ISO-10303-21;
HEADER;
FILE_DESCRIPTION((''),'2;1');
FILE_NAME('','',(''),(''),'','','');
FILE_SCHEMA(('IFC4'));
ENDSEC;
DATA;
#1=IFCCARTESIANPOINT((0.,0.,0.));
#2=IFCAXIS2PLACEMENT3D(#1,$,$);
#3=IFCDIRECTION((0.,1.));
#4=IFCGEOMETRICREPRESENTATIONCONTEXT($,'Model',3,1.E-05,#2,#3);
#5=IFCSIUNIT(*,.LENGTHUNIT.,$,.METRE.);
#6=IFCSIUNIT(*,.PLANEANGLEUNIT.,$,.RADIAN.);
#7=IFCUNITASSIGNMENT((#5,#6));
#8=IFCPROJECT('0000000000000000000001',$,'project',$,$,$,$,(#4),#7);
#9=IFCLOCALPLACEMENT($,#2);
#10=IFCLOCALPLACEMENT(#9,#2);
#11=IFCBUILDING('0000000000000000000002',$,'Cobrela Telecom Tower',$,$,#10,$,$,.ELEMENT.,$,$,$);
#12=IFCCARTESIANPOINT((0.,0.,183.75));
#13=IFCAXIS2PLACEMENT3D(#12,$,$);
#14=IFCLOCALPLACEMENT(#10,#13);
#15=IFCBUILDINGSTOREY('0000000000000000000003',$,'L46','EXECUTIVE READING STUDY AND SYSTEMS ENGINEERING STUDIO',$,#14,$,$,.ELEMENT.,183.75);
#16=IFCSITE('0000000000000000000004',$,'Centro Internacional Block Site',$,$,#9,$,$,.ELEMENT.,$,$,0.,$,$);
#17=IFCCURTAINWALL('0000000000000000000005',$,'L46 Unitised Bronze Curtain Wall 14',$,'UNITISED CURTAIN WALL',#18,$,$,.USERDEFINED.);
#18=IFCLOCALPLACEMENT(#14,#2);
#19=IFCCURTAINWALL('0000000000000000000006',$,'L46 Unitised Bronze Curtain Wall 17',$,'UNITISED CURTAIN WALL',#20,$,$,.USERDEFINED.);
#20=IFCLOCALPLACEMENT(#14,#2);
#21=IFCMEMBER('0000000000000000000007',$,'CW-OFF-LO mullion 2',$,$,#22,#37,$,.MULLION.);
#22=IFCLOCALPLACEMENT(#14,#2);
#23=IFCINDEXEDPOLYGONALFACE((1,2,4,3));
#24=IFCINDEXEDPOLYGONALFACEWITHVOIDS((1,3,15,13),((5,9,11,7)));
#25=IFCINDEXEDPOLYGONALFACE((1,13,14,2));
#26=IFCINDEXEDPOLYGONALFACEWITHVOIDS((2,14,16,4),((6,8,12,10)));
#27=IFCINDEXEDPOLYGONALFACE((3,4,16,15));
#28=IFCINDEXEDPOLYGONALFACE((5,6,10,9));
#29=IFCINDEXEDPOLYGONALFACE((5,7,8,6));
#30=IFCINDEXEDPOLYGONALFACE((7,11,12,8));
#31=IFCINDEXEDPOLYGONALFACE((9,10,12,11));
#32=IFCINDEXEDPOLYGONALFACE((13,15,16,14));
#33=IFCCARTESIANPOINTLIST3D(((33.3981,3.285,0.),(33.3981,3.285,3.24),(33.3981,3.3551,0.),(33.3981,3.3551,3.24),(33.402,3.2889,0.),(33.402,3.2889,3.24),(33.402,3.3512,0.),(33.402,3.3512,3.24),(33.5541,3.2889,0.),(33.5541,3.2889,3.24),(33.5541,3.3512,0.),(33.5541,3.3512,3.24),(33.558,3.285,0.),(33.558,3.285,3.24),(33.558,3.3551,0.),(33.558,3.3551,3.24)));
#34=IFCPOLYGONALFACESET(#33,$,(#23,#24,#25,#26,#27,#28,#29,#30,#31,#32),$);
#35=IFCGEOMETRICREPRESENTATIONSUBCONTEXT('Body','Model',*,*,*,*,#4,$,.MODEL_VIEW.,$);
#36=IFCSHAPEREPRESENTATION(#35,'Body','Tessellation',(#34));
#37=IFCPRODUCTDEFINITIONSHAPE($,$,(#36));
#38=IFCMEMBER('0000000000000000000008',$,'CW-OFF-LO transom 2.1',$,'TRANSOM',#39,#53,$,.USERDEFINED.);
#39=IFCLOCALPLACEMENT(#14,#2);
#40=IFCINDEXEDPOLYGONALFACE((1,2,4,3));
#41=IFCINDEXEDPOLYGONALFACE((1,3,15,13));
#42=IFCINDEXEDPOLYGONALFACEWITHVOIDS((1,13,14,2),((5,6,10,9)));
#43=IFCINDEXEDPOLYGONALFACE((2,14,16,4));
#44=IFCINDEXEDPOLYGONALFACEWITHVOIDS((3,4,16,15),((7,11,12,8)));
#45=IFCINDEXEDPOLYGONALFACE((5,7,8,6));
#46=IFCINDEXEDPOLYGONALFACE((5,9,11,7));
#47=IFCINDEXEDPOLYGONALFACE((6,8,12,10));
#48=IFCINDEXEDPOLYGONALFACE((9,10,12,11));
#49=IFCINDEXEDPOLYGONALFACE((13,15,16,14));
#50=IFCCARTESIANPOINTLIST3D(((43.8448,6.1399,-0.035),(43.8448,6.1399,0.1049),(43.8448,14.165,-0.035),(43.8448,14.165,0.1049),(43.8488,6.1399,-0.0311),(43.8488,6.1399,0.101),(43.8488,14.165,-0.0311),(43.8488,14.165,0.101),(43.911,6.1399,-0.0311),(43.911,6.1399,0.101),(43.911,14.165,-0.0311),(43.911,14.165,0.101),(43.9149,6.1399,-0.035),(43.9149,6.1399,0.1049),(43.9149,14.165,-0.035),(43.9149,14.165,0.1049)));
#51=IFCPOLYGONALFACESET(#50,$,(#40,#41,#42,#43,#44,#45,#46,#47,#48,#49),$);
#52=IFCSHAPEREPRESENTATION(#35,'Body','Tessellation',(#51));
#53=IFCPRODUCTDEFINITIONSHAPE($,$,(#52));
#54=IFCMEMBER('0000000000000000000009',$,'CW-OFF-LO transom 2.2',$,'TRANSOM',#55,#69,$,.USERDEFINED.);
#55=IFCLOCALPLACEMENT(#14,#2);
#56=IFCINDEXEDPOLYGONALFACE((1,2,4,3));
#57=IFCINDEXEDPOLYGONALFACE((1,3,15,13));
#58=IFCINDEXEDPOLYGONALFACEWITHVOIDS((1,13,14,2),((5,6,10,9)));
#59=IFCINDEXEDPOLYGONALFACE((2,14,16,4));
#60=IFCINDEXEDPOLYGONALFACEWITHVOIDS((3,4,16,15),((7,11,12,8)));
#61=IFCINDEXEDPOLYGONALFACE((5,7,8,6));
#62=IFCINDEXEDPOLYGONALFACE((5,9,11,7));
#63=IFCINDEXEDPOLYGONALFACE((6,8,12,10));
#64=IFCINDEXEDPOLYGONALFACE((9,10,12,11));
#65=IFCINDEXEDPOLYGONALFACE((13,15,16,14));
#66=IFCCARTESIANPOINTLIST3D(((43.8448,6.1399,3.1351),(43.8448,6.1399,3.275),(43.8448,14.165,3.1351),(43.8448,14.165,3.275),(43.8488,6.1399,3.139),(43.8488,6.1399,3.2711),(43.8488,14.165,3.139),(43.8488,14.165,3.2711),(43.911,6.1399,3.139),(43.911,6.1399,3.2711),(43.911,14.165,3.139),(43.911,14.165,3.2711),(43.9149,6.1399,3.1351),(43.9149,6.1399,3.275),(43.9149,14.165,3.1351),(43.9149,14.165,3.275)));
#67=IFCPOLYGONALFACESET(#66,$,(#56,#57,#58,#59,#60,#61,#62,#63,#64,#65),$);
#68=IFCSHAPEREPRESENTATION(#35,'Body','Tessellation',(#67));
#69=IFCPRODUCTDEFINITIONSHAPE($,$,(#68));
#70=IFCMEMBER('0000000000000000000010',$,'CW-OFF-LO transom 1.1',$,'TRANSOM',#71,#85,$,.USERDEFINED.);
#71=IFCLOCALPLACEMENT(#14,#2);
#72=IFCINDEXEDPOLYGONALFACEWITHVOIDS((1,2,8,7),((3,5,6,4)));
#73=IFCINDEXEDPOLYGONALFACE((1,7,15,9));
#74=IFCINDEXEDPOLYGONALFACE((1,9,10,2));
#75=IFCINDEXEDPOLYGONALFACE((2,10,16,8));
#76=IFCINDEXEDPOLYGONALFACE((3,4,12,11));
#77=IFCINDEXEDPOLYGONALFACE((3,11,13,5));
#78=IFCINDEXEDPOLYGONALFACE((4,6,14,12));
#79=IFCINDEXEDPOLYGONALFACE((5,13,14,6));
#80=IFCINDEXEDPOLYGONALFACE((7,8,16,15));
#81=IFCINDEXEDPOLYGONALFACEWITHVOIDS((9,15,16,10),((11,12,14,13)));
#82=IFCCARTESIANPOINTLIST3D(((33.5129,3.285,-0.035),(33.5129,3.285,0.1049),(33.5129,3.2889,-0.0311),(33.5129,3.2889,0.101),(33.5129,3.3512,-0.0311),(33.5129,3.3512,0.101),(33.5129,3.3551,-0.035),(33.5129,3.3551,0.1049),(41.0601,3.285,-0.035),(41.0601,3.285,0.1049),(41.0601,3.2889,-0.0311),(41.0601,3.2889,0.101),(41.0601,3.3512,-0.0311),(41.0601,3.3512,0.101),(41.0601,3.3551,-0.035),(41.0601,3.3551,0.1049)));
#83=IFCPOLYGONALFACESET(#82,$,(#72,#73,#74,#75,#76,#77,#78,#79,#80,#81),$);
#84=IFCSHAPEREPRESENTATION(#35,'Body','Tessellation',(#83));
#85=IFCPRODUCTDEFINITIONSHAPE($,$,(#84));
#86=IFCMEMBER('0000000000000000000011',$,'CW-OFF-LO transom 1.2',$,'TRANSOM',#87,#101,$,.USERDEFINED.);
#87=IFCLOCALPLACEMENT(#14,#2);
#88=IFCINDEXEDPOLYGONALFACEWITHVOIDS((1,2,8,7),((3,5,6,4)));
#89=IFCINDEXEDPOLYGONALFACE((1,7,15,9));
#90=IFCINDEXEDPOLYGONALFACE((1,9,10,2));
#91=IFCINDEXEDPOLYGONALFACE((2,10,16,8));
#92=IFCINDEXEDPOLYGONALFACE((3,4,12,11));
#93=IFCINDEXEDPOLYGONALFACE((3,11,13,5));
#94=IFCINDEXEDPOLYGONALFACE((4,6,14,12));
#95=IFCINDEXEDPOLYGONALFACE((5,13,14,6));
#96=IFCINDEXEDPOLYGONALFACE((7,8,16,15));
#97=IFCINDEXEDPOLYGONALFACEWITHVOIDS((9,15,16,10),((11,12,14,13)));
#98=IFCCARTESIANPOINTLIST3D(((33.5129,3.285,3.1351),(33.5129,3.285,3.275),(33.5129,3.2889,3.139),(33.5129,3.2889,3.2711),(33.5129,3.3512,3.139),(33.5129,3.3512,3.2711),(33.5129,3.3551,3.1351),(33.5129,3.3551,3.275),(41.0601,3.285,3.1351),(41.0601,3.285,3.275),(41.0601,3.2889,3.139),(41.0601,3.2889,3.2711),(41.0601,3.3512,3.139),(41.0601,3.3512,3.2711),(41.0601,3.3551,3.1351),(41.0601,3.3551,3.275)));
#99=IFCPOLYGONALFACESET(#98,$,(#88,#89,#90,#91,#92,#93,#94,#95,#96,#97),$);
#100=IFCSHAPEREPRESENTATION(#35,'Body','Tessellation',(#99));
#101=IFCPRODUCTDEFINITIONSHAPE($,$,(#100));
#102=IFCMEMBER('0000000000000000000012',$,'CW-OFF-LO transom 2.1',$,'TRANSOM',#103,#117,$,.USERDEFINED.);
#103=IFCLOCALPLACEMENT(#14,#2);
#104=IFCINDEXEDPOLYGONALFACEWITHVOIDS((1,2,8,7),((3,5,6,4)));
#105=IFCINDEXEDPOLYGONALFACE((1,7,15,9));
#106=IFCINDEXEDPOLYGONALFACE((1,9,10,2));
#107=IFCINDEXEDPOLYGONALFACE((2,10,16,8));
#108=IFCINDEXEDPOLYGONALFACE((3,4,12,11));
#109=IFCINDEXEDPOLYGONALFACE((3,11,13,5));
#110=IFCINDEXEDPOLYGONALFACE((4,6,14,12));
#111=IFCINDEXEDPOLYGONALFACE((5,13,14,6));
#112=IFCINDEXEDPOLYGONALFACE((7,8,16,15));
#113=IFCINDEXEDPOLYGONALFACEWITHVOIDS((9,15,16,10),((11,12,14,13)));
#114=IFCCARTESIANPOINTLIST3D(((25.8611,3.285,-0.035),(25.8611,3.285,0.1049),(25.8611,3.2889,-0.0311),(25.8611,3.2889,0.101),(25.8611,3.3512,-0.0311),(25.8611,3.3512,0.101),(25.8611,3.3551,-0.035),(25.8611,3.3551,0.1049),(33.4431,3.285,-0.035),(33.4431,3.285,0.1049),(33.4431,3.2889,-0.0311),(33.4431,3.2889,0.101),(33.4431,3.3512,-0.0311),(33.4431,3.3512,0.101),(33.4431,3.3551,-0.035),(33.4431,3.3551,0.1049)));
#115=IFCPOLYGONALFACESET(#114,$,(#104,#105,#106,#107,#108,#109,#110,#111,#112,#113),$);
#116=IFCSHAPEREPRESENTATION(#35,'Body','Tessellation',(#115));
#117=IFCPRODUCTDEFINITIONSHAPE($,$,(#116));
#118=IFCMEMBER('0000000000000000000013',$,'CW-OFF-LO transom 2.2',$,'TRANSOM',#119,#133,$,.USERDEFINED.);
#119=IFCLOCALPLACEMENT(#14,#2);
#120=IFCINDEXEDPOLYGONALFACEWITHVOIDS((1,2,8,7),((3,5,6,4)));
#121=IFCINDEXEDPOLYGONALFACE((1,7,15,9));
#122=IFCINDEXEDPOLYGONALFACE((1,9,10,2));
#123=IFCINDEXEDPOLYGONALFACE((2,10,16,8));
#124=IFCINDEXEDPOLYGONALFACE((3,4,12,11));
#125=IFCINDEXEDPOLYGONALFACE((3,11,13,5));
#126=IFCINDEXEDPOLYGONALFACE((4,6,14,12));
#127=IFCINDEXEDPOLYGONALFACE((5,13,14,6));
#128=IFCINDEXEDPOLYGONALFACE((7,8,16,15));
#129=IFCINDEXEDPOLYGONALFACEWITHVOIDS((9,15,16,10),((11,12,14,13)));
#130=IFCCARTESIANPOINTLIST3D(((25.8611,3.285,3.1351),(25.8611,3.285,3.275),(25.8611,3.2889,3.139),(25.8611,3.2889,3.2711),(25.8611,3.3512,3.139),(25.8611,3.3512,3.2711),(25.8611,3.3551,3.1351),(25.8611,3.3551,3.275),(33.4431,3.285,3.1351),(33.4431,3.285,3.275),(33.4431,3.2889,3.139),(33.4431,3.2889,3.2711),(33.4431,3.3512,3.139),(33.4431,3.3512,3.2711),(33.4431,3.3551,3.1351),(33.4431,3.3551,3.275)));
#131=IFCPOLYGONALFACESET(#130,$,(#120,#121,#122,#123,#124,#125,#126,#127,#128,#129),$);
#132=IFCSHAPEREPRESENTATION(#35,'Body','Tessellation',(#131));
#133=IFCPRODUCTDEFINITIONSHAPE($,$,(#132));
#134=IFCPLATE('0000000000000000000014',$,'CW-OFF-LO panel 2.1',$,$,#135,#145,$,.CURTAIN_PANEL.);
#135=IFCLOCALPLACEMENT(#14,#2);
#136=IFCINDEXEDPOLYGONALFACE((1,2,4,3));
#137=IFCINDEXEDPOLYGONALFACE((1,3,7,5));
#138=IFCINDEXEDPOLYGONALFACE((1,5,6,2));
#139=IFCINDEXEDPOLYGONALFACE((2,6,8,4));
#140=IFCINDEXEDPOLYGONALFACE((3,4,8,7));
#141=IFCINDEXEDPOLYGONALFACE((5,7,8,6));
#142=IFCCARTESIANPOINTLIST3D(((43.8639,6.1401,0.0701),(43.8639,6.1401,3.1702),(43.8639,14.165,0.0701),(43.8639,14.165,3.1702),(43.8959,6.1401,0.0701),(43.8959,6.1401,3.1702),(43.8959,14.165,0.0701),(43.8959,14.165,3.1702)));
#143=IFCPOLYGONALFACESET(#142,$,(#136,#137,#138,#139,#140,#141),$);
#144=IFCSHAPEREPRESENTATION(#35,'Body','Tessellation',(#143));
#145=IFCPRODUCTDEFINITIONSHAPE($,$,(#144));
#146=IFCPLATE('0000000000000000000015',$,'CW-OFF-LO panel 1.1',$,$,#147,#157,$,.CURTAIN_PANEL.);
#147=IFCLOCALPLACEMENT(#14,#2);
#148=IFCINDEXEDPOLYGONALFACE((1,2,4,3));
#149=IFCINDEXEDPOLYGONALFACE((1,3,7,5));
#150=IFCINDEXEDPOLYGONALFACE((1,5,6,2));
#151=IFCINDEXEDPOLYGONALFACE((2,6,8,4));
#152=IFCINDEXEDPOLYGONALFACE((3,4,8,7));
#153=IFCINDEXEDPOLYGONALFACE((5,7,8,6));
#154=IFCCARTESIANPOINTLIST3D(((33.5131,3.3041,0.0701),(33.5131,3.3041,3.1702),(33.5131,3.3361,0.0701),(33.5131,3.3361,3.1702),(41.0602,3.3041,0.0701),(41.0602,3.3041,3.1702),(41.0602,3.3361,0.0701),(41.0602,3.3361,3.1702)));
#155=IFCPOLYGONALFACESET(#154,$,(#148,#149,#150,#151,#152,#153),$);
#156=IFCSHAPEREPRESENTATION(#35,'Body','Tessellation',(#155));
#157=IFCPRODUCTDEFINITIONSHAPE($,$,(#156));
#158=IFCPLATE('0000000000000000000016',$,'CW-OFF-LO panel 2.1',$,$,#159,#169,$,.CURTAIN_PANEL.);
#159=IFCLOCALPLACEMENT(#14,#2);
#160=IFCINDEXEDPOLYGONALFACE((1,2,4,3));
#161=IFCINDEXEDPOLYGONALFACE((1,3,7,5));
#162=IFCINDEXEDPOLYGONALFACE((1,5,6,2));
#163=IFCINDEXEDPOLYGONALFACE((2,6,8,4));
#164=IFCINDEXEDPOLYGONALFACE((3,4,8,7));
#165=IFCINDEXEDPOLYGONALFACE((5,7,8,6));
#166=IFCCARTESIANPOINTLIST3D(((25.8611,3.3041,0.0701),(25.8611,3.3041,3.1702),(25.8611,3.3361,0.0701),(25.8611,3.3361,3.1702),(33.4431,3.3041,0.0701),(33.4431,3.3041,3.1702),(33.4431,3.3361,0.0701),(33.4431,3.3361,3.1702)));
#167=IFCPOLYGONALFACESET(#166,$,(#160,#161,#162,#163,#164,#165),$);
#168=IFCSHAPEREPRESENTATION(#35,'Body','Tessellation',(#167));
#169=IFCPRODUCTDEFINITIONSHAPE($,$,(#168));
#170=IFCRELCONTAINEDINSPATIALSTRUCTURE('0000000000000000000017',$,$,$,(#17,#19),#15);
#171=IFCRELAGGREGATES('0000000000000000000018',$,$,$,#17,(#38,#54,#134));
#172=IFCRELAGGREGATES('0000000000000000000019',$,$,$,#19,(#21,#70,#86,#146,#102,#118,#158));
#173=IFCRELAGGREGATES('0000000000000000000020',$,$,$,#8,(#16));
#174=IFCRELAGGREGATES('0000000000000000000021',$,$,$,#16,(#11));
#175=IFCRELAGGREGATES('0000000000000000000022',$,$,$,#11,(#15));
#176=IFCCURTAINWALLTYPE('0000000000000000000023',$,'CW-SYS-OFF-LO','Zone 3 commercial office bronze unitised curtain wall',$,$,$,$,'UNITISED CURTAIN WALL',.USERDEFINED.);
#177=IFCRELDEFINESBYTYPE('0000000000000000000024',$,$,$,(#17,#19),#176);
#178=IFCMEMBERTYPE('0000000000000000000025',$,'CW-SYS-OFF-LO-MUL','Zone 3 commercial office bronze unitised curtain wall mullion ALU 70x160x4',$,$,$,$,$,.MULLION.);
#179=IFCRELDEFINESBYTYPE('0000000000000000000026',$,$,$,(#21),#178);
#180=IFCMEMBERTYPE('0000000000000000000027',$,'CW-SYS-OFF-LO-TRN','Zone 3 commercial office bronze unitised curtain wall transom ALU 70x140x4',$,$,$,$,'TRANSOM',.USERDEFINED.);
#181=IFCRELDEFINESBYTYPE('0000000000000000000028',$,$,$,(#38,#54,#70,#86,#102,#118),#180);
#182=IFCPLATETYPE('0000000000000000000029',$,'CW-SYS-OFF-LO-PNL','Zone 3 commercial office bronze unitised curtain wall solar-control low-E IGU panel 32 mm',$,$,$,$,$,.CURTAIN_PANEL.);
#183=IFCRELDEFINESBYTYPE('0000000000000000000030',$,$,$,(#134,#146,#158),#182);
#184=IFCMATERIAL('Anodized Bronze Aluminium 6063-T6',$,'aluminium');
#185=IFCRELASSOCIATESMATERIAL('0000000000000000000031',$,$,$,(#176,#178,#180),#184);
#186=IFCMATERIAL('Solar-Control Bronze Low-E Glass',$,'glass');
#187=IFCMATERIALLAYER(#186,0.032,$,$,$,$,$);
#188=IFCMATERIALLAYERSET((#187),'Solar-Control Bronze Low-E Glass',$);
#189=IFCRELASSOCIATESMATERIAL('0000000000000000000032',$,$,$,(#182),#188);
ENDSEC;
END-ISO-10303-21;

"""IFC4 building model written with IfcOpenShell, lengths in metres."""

from ifc_helpers import new_model, si_unit, direction, frame, origin, origin_2d, place, context, subcontext, project, spatial, rectangle, hollow_rectangle, extrude, material, layer, layer_set, material_profile, profile_set, type_object, element, aggregate, save


model = new_model("IFC4")

# Units and contexts
model_context = context("Model", 3, precision=1e-05, world=origin(), true_north=direction((0.0, 1.0)))
body_context = subcontext(model_context, "Body", "Model", "MODEL_VIEW")
ifc_project = project(units=[si_unit("LENGTHUNIT", "METRE"), si_unit("PLANEANGLEUNIT", "RADIAN")], contexts=[model_context])

# Site, building, storey
site_placement = place(None, origin())
site = spatial("IfcSite", under=ifc_project, at=site_placement, Name="Centro Internacional Block Site", CompositionType="ELEMENT", RefElevation=0.0)
building_placement = place(site_placement, origin())
building = spatial("IfcBuilding", under=site, at=building_placement, Name="Cobrela Telecom Tower", CompositionType="ELEMENT")
storey_placement = place(building_placement, frame((0.0, 0.0, 183.75)))
storey = spatial("IfcBuildingStorey", under=building, at=storey_placement, Name="L46", Description="EXECUTIVE READING STUDY AND SYSTEMS ENGINEERING STUDIO", CompositionType="ELEMENT", Elevation=183.75)

# Curtain walls, member
ifc_material_1 = material(Name="Anodized Bronze Aluminium 6063-T6", Category="aluminium")
curtain_wall_type = type_object("IfcCurtainWallType", Name="CW-SYS-OFF-LO", Description="Zone 3 commercial office bronze unitised curtain wall", ElementType="UNITISED CURTAIN WALL", PredefinedType="USERDEFINED", material=ifc_material_1)
curtain_wall_1_placement = place(storey_placement, origin())
curtain_wall_1 = element("IfcCurtainWall", 1, at=curtain_wall_1_placement, inside=storey, type_object=curtain_wall_type, Name="L46 Unitised Bronze Curtain Wall 14", ObjectType="UNITISED CURTAIN WALL", PredefinedType="USERDEFINED")
ifc_material_profile_1 = material_profile(ifc_material_1, hollow_rectangle(XDim=0.0701, YDim=0.1599, WallThickness=0.0039, at=origin_2d()), Name="ALU 70x160x4")
ifc_profile_set_1 = profile_set([ifc_material_profile_1], Name="Anodized Bronze Aluminium 6063-T6")
member_type_1 = type_object("IfcMemberType", Name="CW-SYS-OFF-LO-MUL", Description="Zone 3 commercial office bronze unitised curtain wall mullion ALU 70x160x4", PredefinedType="MULLION", material=ifc_profile_set_1)
curtain_wall_2_placement = place(storey_placement, origin())
curtain_wall_2 = element("IfcCurtainWall", 2, at=curtain_wall_2_placement, inside=storey, type_object=curtain_wall_type, Name="L46 Unitised Bronze Curtain Wall 17", ObjectType="UNITISED CURTAIN WALL", PredefinedType="USERDEFINED")
member_1_placement = place(storey_placement, frame((33.478, 3.3201, 0.0), z_axis=(0.0, 0.0, 1.0), x_axis=(0.0, -1.0, 0.0)))
member_1 = element("IfcMember", 3, at=member_1_placement, type_object=member_type_1, Name="CW-OFF-LO mullion 2", PredefinedType="MULLION", context=body_context, shape_type="SweptSolid", body=[
    extrude(hollow_rectangle(XDim=0.0701, YDim=0.1599, WallThickness=0.0039, at=origin_2d()), origin(), (0.0, 0.0, 1.0), 3.24),
])

# Members
ifc_material_profile_2 = material_profile(ifc_material_1, hollow_rectangle(XDim=0.0701, YDim=0.1399, WallThickness=0.0039, at=origin_2d()), Name="ALU 70x140x4")
ifc_profile_set_2 = profile_set([ifc_material_profile_2], Name="Anodized Bronze Aluminium 6063-T6")
member_type_2 = type_object("IfcMemberType", Name="CW-SYS-OFF-LO-TRN", Description="Zone 3 commercial office bronze unitised curtain wall transom ALU 70x140x4", ElementType="TRANSOM", PredefinedType="USERDEFINED", material=ifc_profile_set_2)
member_2_placement = place(storey_placement, frame((43.8799, 14.165, 0.0349), z_axis=(0.0, -1.0, 0.0), x_axis=(1.0, 0.0, 0.0)))
member_2 = element("IfcMember", 4, at=member_2_placement, type_object=member_type_2, Name="CW-OFF-LO transom 2.1", ObjectType="TRANSOM", PredefinedType="USERDEFINED", context=body_context, shape_type="SweptSolid", body=[
    extrude(hollow_rectangle(XDim=0.0701, YDim=0.1399, WallThickness=0.0039, at=origin_2d()), origin(), (0.0, 0.0, 1.0), 8.0251),
])
member_3_placement = place(storey_placement, frame((43.8799, 14.165, 3.2051), z_axis=(0.0, -1.0, 0.0), x_axis=(1.0, 0.0, 0.0)))
member_3 = element("IfcMember", 5, at=member_3_placement, type_object=member_type_2, Name="CW-OFF-LO transom 2.2", ObjectType="TRANSOM", PredefinedType="USERDEFINED", context=body_context, shape_type="SweptSolid", body=[
    extrude(hollow_rectangle(XDim=0.0701, YDim=0.1399, WallThickness=0.0039, at=origin_2d()), origin(), (0.0, 0.0, 1.0), 8.0251),
])
member_4_placement = place(storey_placement, frame((41.0601, 3.3201, 0.0349), z_axis=(-1.0, 0.0, 0.0), x_axis=(0.0, -1.0, 0.0)))
member_4 = element("IfcMember", 6, at=member_4_placement, type_object=member_type_2, Name="CW-OFF-LO transom 1.1", ObjectType="TRANSOM", PredefinedType="USERDEFINED", context=body_context, shape_type="SweptSolid", body=[
    extrude(hollow_rectangle(XDim=0.0701, YDim=0.1399, WallThickness=0.0039, at=origin_2d()), origin(), (0.0, 0.0, 1.0), 7.5471),
])
member_5_placement = place(storey_placement, frame((41.0601, 3.3201, 3.2051), z_axis=(-1.0, 0.0, 0.0), x_axis=(0.0, -1.0, 0.0)))
member_5 = element("IfcMember", 7, at=member_5_placement, type_object=member_type_2, Name="CW-OFF-LO transom 1.2", ObjectType="TRANSOM", PredefinedType="USERDEFINED", context=body_context, shape_type="SweptSolid", body=[
    extrude(hollow_rectangle(XDim=0.0701, YDim=0.1399, WallThickness=0.0039, at=origin_2d()), origin(), (0.0, 0.0, 1.0), 7.5471),
])
member_6_placement = place(storey_placement, frame((33.4431, 3.3201, 0.0349), z_axis=(-1.0, 0.0, 0.0), x_axis=(0.0, -1.0, 0.0)))
member_6 = element("IfcMember", 8, at=member_6_placement, type_object=member_type_2, Name="CW-OFF-LO transom 2.1", ObjectType="TRANSOM", PredefinedType="USERDEFINED", context=body_context, shape_type="SweptSolid", body=[
    extrude(hollow_rectangle(XDim=0.0701, YDim=0.1399, WallThickness=0.0039, at=origin_2d()), origin(), (0.0, 0.0, 1.0), 7.582),
])
member_7_placement = place(storey_placement, frame((33.4431, 3.3201, 3.2051), z_axis=(-1.0, 0.0, 0.0), x_axis=(0.0, -1.0, 0.0)))
member_7 = element("IfcMember", 9, at=member_7_placement, type_object=member_type_2, Name="CW-OFF-LO transom 2.2", ObjectType="TRANSOM", PredefinedType="USERDEFINED", context=body_context, shape_type="SweptSolid", body=[
    extrude(hollow_rectangle(XDim=0.0701, YDim=0.1399, WallThickness=0.0039, at=origin_2d()), origin(), (0.0, 0.0, 1.0), 7.582),
])

# Plates
ifc_material_2 = material(Name="Solar-Control Bronze Low-E Glass", Category="glass")
ifc_layer_1 = layer(ifc_material_2, 0.032)
ifc_layer_set_1 = layer_set([ifc_layer_1], Name="Solar-Control Bronze Low-E Glass")
plate_type = type_object("IfcPlateType", Name="CW-SYS-OFF-LO-PNL", Description="Zone 3 commercial office bronze unitised curtain wall solar-control low-E IGU panel 32 mm", PredefinedType="CURTAIN_PANEL", material=ifc_layer_set_1)
plate_1_placement = place(storey_placement, frame((43.8799, 10.1526, 0.0701), z_axis=(0.0, 0.0, 1.0), x_axis=(0.0, -1.0, 0.0)))
plate_1 = element("IfcPlate", 10, at=plate_1_placement, type_object=plate_type, Name="CW-OFF-LO panel 2.1", PredefinedType="CURTAIN_PANEL", context=body_context, shape_type="SweptSolid", body=[
    extrude(rectangle(XDim=8.0249, YDim=0.032, at=origin_2d()), origin(), (0.0, 0.0, 1.0), 3.1001),
])
aggregate(curtain_wall_1, [member_2, member_3, plate_1])
plate_2_placement = place(storey_placement, frame((37.2866, 3.3201, 0.0701), z_axis=(0.0, 0.0, 1.0), x_axis=(-1.0, 0.0, 0.0)))
plate_2 = element("IfcPlate", 11, at=plate_2_placement, type_object=plate_type, Name="CW-OFF-LO panel 1.1", PredefinedType="CURTAIN_PANEL", context=body_context, shape_type="SweptSolid", body=[
    extrude(rectangle(XDim=7.5471, YDim=0.032, at=origin_2d()), origin(), (0.0, 0.0, 1.0), 3.1001),
])
plate_3_placement = place(storey_placement, frame((29.6521, 3.3201, 0.0701), z_axis=(0.0, 0.0, 1.0), x_axis=(-1.0, 0.0, 0.0)))
plate_3 = element("IfcPlate", 12, at=plate_3_placement, type_object=plate_type, Name="CW-OFF-LO panel 2.1", PredefinedType="CURTAIN_PANEL", context=body_context, shape_type="SweptSolid", body=[
    extrude(rectangle(XDim=7.582, YDim=0.032, at=origin_2d()), origin(), (0.0, 0.0, 1.0), 3.1001),
])
aggregate(curtain_wall_2, [member_1, member_4, member_5, plate_2, member_6, member_7, plate_3])

save(model, "model.ifc")
